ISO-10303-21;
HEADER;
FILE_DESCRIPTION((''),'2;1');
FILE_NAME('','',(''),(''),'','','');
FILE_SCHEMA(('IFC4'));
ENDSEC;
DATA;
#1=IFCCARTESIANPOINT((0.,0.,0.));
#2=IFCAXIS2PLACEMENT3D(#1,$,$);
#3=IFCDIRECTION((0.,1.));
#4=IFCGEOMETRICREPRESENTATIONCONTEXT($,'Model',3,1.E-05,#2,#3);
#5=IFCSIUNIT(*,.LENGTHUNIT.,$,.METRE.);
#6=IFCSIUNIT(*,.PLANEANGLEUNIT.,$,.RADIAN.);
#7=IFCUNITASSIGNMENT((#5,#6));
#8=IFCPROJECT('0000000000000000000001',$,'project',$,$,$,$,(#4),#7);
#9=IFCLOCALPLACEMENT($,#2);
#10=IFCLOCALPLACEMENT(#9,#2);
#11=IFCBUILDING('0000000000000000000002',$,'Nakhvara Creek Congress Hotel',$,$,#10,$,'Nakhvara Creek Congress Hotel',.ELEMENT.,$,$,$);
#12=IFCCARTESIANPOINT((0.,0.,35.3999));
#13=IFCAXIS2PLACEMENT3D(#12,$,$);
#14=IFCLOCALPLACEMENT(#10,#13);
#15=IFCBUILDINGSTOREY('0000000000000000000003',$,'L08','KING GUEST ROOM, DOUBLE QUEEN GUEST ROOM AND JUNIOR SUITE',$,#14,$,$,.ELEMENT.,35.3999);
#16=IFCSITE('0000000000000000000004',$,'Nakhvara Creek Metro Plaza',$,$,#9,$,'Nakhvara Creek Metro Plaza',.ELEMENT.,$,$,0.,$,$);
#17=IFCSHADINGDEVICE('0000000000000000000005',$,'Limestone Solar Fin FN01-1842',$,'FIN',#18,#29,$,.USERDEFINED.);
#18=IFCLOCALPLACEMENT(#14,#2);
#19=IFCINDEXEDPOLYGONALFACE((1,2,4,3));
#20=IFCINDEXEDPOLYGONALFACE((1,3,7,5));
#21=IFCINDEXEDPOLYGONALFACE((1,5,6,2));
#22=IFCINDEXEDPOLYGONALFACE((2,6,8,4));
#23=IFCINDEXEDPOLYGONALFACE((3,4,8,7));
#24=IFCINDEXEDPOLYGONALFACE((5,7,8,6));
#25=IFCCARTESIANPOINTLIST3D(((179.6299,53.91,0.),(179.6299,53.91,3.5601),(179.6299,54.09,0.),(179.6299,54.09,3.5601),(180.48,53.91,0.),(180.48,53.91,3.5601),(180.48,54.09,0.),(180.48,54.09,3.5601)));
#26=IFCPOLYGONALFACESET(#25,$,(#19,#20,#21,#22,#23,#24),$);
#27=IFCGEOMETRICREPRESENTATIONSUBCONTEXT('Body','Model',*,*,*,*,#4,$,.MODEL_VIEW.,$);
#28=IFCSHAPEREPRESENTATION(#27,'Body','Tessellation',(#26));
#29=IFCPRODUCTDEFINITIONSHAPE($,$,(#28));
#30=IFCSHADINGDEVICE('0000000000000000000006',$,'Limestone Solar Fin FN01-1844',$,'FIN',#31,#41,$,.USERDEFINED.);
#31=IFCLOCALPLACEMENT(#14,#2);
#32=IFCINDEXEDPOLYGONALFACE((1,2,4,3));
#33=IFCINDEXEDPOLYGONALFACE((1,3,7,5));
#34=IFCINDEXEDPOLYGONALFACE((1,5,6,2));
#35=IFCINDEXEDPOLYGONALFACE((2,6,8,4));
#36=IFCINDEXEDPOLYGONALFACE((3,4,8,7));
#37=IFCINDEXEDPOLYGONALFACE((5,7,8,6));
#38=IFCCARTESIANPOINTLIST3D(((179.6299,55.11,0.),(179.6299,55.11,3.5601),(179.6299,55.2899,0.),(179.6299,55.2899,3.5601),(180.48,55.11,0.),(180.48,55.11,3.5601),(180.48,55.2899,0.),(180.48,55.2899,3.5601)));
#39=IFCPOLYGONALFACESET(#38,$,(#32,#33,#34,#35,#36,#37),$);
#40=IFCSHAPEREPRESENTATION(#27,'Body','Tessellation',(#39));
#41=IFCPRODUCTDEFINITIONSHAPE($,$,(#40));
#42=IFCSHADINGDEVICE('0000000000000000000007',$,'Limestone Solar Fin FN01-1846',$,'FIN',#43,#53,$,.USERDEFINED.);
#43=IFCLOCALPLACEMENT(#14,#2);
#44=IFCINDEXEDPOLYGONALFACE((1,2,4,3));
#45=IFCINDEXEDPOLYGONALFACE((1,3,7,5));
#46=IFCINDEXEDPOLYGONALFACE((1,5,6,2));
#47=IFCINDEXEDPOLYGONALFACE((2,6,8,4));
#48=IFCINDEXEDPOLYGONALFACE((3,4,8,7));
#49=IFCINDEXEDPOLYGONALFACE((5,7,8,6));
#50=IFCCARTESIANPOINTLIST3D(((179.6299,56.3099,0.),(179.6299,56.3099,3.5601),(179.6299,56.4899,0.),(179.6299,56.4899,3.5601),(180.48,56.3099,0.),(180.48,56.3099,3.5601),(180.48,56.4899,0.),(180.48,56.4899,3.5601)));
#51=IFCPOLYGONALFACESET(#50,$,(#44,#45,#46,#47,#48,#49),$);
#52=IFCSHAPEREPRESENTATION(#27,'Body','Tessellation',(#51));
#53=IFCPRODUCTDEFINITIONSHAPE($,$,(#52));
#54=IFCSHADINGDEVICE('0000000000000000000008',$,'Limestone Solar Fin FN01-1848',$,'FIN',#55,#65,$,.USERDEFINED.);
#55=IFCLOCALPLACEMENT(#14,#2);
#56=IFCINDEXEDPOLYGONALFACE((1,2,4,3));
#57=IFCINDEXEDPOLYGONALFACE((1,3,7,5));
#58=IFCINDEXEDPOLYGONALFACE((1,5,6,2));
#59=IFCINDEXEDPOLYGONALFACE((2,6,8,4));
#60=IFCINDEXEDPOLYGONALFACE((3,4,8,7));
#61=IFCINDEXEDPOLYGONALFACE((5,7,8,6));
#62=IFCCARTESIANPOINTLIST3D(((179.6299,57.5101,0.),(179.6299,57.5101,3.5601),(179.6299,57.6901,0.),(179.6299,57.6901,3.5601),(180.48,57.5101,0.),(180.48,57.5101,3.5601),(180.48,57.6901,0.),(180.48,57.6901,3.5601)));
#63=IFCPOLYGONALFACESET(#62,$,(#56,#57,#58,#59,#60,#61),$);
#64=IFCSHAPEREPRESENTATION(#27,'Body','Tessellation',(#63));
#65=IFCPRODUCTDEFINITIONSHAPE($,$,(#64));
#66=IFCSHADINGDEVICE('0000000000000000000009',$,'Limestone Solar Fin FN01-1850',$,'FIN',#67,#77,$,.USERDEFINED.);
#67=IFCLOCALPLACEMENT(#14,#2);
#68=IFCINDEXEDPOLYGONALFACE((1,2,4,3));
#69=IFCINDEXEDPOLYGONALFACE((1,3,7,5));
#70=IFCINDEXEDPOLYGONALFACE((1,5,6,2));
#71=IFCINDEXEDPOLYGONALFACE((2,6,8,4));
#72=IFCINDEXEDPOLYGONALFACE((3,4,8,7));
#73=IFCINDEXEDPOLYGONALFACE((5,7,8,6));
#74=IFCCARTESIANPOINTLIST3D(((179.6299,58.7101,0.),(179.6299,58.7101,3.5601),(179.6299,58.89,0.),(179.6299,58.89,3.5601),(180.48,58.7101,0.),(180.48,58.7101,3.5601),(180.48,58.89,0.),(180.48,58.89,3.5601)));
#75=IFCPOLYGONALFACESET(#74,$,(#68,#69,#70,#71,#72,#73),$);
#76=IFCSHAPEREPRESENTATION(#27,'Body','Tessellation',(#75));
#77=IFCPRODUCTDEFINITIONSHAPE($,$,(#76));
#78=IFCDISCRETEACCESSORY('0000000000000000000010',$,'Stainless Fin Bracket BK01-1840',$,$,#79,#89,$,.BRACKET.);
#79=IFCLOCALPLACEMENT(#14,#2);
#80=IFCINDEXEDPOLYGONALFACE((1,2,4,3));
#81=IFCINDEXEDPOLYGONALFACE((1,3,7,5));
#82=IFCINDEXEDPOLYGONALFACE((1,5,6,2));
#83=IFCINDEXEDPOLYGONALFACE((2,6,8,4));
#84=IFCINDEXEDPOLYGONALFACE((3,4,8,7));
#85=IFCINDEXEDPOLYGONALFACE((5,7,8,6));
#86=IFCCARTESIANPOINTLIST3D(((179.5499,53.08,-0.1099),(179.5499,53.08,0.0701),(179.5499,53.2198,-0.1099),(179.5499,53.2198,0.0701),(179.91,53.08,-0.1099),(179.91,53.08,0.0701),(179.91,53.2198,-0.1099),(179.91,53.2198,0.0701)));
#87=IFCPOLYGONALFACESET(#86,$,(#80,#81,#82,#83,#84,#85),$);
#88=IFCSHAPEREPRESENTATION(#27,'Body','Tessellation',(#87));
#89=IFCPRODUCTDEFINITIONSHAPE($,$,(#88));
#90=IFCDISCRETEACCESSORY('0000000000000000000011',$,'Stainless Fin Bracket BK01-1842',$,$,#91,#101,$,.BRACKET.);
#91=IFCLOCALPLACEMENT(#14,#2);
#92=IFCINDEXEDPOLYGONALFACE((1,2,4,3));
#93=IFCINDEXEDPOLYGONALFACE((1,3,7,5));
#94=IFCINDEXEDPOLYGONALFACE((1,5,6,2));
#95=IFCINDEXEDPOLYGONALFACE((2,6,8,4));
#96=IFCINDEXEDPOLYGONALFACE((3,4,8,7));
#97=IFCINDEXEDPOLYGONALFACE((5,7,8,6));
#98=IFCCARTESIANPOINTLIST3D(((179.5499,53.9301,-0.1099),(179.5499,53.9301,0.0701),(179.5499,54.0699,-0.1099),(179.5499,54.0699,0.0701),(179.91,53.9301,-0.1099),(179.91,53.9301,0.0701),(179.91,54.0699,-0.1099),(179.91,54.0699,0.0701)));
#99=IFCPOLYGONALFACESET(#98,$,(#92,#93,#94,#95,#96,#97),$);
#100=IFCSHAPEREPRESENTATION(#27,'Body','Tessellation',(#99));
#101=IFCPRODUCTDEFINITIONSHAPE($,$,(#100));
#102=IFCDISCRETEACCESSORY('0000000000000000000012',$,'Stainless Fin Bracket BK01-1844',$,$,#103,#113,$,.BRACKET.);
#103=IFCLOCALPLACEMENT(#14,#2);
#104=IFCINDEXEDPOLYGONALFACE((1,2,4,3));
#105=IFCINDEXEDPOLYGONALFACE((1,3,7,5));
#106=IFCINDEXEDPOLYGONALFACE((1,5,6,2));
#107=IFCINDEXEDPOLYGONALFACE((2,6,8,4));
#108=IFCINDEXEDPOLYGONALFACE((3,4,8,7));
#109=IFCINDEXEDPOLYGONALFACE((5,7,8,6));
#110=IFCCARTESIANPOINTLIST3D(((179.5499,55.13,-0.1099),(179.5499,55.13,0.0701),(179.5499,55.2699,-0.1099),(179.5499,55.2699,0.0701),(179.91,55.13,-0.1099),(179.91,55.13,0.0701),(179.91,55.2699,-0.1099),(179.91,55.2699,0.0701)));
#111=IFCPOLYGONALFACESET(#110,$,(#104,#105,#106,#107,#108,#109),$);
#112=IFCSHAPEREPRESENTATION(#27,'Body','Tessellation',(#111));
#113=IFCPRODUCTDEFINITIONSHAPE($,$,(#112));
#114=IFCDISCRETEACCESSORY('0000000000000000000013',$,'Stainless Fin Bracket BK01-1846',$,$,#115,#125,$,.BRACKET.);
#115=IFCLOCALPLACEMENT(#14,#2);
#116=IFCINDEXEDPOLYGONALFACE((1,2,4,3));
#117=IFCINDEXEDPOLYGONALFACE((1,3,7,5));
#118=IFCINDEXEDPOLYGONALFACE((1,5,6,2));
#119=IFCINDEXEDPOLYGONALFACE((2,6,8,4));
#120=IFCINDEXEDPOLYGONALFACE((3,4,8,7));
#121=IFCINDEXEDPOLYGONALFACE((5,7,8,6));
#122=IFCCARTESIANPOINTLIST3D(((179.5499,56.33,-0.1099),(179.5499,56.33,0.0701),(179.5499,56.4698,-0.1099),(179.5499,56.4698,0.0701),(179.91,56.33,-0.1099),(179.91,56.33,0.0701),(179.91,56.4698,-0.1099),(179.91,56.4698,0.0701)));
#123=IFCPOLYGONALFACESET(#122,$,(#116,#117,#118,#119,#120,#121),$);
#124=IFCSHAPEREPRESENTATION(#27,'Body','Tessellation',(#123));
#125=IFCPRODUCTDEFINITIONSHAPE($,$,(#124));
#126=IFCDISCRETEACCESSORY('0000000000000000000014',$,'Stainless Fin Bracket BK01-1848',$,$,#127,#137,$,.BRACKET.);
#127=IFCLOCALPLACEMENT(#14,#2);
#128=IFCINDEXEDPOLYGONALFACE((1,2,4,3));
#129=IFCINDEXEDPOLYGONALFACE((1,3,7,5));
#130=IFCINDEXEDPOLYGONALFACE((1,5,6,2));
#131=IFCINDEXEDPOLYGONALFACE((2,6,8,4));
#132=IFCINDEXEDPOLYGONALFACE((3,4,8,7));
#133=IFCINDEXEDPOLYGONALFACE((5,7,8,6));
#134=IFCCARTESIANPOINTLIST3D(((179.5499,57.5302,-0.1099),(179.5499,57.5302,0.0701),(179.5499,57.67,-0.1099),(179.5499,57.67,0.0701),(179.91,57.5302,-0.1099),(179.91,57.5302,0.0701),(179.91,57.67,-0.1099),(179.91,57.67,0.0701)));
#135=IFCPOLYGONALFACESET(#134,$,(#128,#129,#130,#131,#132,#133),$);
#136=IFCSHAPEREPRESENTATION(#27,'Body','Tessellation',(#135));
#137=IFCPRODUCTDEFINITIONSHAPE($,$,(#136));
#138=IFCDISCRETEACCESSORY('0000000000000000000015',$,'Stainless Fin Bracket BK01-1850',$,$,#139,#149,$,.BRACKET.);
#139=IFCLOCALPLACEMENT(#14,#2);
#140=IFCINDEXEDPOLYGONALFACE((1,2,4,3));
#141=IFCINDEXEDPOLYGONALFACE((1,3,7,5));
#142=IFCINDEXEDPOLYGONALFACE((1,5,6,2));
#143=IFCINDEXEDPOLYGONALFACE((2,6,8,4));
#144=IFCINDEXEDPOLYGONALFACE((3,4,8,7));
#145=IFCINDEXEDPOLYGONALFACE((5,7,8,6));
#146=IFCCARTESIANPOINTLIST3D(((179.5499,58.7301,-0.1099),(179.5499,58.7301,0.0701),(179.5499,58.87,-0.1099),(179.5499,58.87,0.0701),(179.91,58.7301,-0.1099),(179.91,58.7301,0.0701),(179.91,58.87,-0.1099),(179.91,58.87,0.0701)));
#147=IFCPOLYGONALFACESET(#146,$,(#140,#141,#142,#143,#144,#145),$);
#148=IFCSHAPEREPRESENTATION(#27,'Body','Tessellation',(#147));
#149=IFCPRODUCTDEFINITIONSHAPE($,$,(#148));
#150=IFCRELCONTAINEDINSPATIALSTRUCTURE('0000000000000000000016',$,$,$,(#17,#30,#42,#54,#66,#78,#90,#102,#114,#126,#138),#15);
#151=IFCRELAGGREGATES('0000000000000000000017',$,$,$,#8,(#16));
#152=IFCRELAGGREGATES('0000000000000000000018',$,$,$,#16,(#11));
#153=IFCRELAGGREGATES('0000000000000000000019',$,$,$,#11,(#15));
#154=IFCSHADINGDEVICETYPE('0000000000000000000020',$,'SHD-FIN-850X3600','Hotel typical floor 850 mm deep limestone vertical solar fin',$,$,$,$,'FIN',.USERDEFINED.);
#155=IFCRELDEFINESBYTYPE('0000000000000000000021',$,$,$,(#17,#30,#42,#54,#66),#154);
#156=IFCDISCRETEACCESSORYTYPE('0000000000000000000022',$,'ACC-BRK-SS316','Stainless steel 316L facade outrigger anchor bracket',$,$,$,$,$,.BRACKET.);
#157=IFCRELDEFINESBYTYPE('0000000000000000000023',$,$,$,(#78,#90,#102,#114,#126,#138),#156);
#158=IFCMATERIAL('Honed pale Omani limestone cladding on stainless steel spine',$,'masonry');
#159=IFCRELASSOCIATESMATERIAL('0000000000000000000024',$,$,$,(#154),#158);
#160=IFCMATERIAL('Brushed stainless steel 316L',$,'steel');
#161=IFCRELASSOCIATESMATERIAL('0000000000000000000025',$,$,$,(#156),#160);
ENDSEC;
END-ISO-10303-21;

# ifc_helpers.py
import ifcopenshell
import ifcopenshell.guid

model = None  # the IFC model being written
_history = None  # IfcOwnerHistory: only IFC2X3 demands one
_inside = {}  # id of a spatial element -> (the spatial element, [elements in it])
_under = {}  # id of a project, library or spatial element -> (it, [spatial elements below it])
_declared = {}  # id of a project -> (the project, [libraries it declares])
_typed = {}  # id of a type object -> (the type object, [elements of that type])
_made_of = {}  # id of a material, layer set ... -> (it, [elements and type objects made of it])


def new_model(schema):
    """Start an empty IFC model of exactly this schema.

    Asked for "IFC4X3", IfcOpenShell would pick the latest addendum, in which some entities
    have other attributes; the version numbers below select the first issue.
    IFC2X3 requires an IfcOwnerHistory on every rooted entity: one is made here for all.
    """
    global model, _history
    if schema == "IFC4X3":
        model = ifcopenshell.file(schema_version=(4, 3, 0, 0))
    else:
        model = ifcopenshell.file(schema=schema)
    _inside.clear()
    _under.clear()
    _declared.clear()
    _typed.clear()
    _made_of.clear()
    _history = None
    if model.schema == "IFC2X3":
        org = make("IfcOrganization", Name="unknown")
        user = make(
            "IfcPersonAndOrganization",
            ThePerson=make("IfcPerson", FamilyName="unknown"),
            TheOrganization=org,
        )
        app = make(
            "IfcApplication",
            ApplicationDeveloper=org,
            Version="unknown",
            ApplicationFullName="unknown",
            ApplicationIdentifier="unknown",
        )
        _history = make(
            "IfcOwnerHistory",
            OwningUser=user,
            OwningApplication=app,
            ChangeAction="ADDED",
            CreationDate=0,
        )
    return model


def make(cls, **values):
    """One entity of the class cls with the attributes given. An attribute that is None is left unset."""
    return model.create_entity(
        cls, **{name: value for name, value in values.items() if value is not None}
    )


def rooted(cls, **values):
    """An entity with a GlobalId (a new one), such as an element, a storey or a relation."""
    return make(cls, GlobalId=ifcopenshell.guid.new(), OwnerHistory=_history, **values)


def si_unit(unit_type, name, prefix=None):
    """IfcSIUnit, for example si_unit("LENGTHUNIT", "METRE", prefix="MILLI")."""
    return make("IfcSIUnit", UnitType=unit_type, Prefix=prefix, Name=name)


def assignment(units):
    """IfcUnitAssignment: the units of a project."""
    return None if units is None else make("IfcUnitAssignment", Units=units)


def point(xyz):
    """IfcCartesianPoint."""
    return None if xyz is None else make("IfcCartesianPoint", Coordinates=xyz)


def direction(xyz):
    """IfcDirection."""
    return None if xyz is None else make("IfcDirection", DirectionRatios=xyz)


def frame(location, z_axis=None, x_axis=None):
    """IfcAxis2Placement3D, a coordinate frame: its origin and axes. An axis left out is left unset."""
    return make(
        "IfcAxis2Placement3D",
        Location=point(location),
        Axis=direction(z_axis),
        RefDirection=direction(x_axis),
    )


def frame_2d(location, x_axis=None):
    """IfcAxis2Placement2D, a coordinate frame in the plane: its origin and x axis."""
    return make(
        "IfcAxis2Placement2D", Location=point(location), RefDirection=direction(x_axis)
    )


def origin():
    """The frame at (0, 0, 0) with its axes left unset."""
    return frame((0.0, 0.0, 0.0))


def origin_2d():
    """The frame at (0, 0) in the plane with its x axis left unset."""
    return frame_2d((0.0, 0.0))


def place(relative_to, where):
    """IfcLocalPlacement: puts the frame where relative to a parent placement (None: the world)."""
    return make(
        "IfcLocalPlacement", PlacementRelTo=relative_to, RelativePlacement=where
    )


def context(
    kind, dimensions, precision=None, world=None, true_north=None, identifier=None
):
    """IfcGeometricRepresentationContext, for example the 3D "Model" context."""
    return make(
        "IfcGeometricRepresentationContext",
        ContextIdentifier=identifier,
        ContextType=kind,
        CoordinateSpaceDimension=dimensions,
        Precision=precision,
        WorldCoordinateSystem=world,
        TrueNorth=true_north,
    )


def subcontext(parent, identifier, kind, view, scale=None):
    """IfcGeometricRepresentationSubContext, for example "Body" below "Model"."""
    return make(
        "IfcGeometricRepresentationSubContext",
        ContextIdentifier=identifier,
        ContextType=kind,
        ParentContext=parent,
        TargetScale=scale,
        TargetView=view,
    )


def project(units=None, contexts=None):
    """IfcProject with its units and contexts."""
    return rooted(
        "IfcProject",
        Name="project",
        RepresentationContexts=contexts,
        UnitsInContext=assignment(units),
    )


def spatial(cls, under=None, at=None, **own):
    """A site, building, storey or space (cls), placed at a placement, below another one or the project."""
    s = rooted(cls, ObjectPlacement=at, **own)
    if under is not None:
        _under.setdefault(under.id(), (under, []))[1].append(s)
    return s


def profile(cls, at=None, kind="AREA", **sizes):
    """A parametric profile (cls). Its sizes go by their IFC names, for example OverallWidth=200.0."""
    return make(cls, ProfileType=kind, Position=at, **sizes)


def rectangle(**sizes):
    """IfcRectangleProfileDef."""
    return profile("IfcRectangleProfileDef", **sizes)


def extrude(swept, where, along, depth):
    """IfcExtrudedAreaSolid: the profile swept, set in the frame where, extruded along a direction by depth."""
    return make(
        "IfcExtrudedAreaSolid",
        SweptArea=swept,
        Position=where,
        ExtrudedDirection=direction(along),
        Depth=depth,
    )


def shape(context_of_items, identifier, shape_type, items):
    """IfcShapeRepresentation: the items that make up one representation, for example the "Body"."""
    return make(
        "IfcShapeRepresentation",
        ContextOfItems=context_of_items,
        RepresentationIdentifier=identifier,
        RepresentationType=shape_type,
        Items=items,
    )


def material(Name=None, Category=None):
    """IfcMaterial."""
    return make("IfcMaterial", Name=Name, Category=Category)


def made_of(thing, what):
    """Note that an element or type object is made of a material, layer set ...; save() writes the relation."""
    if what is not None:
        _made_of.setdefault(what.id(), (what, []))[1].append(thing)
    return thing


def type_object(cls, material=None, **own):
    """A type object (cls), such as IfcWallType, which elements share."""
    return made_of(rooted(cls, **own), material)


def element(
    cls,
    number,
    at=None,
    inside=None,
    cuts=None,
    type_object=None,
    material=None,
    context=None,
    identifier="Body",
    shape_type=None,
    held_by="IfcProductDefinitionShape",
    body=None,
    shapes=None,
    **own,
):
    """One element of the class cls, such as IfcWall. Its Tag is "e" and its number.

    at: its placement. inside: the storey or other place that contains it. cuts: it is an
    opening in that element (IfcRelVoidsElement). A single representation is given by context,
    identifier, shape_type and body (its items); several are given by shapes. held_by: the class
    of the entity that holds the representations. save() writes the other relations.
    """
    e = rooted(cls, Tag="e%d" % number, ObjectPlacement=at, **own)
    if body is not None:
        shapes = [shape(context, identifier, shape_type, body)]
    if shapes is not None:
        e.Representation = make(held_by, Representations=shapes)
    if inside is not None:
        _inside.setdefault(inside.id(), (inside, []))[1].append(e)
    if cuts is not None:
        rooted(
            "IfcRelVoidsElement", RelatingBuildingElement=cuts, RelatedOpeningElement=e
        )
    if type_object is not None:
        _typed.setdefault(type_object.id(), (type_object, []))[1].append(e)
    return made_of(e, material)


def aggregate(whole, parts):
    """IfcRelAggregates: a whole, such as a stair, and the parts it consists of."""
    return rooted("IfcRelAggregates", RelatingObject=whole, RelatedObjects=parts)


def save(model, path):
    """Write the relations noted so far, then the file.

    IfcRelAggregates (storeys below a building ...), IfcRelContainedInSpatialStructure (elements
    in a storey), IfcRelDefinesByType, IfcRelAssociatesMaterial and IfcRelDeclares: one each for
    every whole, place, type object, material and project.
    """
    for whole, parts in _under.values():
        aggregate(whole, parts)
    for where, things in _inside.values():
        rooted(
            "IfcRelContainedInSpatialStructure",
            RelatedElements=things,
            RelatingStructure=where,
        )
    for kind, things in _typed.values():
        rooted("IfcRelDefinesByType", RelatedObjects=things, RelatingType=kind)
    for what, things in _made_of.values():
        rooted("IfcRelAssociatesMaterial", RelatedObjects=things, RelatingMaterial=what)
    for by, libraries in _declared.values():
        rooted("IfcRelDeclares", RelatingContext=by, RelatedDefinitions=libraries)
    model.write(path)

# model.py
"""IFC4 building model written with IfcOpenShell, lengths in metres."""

from ifc_helpers import new_model, si_unit, direction, frame, origin, origin_2d, place, context, subcontext, project, spatial, rectangle, extrude, material, type_object, element, save


model = new_model("IFC4")

# Units and contexts
model_context = context("Model", 3, precision=1e-05, world=origin(), true_north=direction((0.0, 1.0)))
body_context = subcontext(model_context, "Body", "Model", "MODEL_VIEW")
ifc_project = project(units=[si_unit("LENGTHUNIT", "METRE"), si_unit("PLANEANGLEUNIT", "RADIAN")], contexts=[model_context])

# Site, building, storey
site_placement = place(None, origin())
site = spatial("IfcSite", under=ifc_project, at=site_placement, Name="Nakhvara Creek Metro Plaza", LongName="Nakhvara Creek Metro Plaza", CompositionType="ELEMENT", RefElevation=0.0)
building_placement = place(site_placement, origin())
building = spatial("IfcBuilding", under=site, at=building_placement, Name="Nakhvara Creek Congress Hotel", LongName="Nakhvara Creek Congress Hotel", CompositionType="ELEMENT")
storey_placement = place(building_placement, frame((0.0, 0.0, 35.3999)))
storey = spatial("IfcBuildingStorey", under=building, at=storey_placement, Name="L08", Description="KING GUEST ROOM, DOUBLE QUEEN GUEST ROOM AND JUNIOR SUITE", CompositionType="ELEMENT", Elevation=35.3999)

# Shared definitions
ifc_material_1 = material(Name="Brushed stainless steel 316L", Category="steel")

# Shading devices
ifc_material_2 = material(Name="Honed pale Omani limestone cladding on stainless steel spine", Category="masonry")
shading_device_type = type_object("IfcShadingDeviceType", Name="SHD-FIN-850X3600", Description="Hotel typical floor 850 mm deep limestone vertical solar fin", ElementType="FIN", PredefinedType="USERDEFINED", material=ifc_material_2)
for number, where, z_axis, x_axis, name in (
    (1, (180.0549, 54.0, 0.0), (0.0, 0.0, 1.0), (0.0, 1.0, 0.0), "Limestone Solar Fin FN01-1842"),
    (2, (180.0549, 55.2, 0.0), (0.0, 0.0, 1.0), (0.0, 1.0, 0.0), "Limestone Solar Fin FN01-1844"),
    (3, (180.0549, 56.3999, 0.0), (0.0, 0.0, 1.0), (0.0, 1.0, 0.0), "Limestone Solar Fin FN01-1846"),
    (4, (180.0549, 57.6001, 0.0), (0.0, 0.0, 1.0), (0.0, 1.0, 0.0), "Limestone Solar Fin FN01-1848"),
    (5, (180.0549, 58.8, 0.0), (0.0, 0.0, 1.0), (0.0, 1.0, 0.0), "Limestone Solar Fin FN01-1850"),
):
    element("IfcShadingDevice", number, at=place(storey_placement, frame(where, z_axis=z_axis, x_axis=x_axis)), inside=storey, type_object=shading_device_type, Name=name, ObjectType="FIN", PredefinedType="USERDEFINED", context=body_context, shape_type="SweptSolid", body=[
        extrude(rectangle(XDim=0.1799, YDim=0.8501, at=origin_2d()), origin(), (0.0, 0.0, 1.0), 3.5601),
    ])

# Discrete accessories
discrete_accessory_type = type_object("IfcDiscreteAccessoryType", Name="ACC-BRK-SS316", Description="Stainless steel 316L facade outrigger anchor bracket", PredefinedType="BRACKET", material=ifc_material_1)
for number, where, z_axis, x_axis, name in (
    (6, (179.73, 53.1499, -0.1099), (0.0, 0.0, 1.0), (0.0, 1.0, 0.0), "Stainless Fin Bracket BK01-1840"),
    (7, (179.73, 54.0, -0.1099), (0.0, 0.0, 1.0), (0.0, 1.0, 0.0), "Stainless Fin Bracket BK01-1842"),
    (8, (179.73, 55.2, -0.1099), (0.0, 0.0, 1.0), (0.0, 1.0, 0.0), "Stainless Fin Bracket BK01-1844"),
    (9, (179.73, 56.3999, -0.1099), (0.0, 0.0, 1.0), (0.0, 1.0, 0.0), "Stainless Fin Bracket BK01-1846"),
    (10, (179.73, 57.6001, -0.1099), (0.0, 0.0, 1.0), (0.0, 1.0, 0.0), "Stainless Fin Bracket BK01-1848"),
    (11, (179.73, 58.8, -0.1099), (0.0, 0.0, 1.0), (0.0, 1.0, 0.0), "Stainless Fin Bracket BK01-1850"),
):
    element("IfcDiscreteAccessory", number, at=place(storey_placement, frame(where, z_axis=z_axis, x_axis=x_axis)), inside=storey, type_object=discrete_accessory_type, Name=name, PredefinedType="BRACKET", context=body_context, shape_type="SweptSolid", body=[
        extrude(rectangle(XDim=0.1399, YDim=0.3601, at=origin_2d()), origin(), (0.0, 0.0, 1.0), 0.1799),
    ])

save(model, "model.ifc")
